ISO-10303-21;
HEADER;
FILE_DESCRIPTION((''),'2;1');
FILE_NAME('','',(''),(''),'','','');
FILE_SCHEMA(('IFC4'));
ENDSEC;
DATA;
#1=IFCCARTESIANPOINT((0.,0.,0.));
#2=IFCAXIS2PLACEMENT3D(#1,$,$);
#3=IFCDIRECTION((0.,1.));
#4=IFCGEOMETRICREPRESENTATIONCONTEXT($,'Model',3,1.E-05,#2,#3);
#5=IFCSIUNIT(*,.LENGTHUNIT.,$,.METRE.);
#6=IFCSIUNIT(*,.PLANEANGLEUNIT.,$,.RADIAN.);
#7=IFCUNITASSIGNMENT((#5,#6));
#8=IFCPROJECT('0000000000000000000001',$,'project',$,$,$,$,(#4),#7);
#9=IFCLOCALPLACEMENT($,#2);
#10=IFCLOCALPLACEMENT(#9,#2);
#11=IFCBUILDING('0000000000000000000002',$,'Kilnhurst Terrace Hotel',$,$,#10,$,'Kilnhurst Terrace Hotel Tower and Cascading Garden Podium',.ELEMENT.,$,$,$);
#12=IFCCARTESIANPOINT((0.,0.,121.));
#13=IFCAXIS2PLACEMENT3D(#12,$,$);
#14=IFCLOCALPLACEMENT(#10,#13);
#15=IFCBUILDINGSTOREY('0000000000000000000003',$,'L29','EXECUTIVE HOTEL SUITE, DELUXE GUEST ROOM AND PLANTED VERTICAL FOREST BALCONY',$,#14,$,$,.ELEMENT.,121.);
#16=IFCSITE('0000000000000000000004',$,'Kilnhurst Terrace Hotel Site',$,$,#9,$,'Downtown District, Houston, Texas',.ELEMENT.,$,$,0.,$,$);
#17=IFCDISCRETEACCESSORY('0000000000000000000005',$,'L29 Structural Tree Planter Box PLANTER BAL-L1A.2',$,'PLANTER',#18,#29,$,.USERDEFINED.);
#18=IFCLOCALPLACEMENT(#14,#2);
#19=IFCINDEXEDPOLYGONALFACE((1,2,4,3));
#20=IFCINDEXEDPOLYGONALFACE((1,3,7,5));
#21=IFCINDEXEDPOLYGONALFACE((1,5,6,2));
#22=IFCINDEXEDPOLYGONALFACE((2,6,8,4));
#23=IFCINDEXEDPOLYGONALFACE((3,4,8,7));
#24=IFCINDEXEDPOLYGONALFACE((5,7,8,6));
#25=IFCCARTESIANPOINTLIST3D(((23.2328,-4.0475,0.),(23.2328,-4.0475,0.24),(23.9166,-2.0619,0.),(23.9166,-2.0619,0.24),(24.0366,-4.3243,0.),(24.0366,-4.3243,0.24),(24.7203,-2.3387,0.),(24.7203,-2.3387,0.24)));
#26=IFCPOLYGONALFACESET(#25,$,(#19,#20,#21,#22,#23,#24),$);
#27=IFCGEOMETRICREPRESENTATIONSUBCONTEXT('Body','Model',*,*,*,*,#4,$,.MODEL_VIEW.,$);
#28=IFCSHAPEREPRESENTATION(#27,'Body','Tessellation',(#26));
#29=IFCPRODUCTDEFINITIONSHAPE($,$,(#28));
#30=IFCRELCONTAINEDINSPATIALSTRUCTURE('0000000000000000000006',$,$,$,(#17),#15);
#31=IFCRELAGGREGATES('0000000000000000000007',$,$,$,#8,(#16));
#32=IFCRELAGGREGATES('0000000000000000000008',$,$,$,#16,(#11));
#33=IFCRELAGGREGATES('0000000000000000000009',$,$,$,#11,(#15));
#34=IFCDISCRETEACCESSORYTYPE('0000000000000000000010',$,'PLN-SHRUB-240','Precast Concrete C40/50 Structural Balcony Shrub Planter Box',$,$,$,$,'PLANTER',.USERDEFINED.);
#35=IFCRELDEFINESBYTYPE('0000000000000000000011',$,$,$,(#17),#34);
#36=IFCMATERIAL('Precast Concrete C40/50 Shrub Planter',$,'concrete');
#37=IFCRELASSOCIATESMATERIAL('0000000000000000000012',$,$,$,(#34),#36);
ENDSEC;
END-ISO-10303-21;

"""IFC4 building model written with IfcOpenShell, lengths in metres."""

from ifc_helpers import new_model, si_unit, direction, frame, origin, origin_2d, place, context, subcontext, project, spatial, rectangle, extrude, material, type_object, element, save


model = new_model("IFC4")

# Units and contexts
model_context = context("Model", 3, precision=1e-05, world=origin(), true_north=direction((0.0, 1.0)))
body_context = subcontext(model_context, "Body", "Model", "MODEL_VIEW")
ifc_project = project(units=[si_unit("LENGTHUNIT", "METRE"), si_unit("PLANEANGLEUNIT", "RADIAN")], contexts=[model_context])

# Site, building, storey
site_placement = place(None, origin())
site = spatial("IfcSite", under=ifc_project, at=site_placement, Name="Kilnhurst Terrace Hotel Site", LongName="Downtown District, Houston, Texas", CompositionType="ELEMENT", RefElevation=0.0)
building_placement = place(site_placement, origin())
building = spatial("IfcBuilding", under=site, at=building_placement, Name="Kilnhurst Terrace Hotel", LongName="Kilnhurst Terrace Hotel Tower and Cascading Garden Podium", CompositionType="ELEMENT")
storey_placement = place(building_placement, frame((0.0, 0.0, 121.0)))
storey = spatial("IfcBuildingStorey", under=building, at=storey_placement, Name="L29", Description="EXECUTIVE HOTEL SUITE, DELUXE GUEST ROOM AND PLANTED VERTICAL FOREST BALCONY", CompositionType="ELEMENT", Elevation=121.0)

# Discrete accessory
ifc_material_1 = material(Name="Precast Concrete C40/50 Shrub Planter", Category="concrete")
discrete_accessory_type = type_object("IfcDiscreteAccessoryType", Name="PLN-SHRUB-240", Description="Precast Concrete C40/50 Structural Balcony Shrub Planter Box", ElementType="PLANTER", PredefinedType="USERDEFINED", material=ifc_material_1)
discrete_accessory_placement = place(storey_placement, frame((23.9766, -3.1931, 0.0), z_axis=(0.0, 0.0, 1.0), x_axis=(0.325601, 0.945507, 0.0)))
element("IfcDiscreteAccessory", 1, at=discrete_accessory_placement, inside=storey, type_object=discrete_accessory_type, Name="L29 Structural Tree Planter Box PLANTER BAL-L1A.2", ObjectType="PLANTER", PredefinedType="USERDEFINED", context=body_context, shape_type="SweptSolid", body=[
    extrude(rectangle(XDim=2.1001, YDim=0.8501, at=origin_2d()), origin(), (0.0, 0.0, 1.0), 0.24),
])

save(model, "model.ifc")
